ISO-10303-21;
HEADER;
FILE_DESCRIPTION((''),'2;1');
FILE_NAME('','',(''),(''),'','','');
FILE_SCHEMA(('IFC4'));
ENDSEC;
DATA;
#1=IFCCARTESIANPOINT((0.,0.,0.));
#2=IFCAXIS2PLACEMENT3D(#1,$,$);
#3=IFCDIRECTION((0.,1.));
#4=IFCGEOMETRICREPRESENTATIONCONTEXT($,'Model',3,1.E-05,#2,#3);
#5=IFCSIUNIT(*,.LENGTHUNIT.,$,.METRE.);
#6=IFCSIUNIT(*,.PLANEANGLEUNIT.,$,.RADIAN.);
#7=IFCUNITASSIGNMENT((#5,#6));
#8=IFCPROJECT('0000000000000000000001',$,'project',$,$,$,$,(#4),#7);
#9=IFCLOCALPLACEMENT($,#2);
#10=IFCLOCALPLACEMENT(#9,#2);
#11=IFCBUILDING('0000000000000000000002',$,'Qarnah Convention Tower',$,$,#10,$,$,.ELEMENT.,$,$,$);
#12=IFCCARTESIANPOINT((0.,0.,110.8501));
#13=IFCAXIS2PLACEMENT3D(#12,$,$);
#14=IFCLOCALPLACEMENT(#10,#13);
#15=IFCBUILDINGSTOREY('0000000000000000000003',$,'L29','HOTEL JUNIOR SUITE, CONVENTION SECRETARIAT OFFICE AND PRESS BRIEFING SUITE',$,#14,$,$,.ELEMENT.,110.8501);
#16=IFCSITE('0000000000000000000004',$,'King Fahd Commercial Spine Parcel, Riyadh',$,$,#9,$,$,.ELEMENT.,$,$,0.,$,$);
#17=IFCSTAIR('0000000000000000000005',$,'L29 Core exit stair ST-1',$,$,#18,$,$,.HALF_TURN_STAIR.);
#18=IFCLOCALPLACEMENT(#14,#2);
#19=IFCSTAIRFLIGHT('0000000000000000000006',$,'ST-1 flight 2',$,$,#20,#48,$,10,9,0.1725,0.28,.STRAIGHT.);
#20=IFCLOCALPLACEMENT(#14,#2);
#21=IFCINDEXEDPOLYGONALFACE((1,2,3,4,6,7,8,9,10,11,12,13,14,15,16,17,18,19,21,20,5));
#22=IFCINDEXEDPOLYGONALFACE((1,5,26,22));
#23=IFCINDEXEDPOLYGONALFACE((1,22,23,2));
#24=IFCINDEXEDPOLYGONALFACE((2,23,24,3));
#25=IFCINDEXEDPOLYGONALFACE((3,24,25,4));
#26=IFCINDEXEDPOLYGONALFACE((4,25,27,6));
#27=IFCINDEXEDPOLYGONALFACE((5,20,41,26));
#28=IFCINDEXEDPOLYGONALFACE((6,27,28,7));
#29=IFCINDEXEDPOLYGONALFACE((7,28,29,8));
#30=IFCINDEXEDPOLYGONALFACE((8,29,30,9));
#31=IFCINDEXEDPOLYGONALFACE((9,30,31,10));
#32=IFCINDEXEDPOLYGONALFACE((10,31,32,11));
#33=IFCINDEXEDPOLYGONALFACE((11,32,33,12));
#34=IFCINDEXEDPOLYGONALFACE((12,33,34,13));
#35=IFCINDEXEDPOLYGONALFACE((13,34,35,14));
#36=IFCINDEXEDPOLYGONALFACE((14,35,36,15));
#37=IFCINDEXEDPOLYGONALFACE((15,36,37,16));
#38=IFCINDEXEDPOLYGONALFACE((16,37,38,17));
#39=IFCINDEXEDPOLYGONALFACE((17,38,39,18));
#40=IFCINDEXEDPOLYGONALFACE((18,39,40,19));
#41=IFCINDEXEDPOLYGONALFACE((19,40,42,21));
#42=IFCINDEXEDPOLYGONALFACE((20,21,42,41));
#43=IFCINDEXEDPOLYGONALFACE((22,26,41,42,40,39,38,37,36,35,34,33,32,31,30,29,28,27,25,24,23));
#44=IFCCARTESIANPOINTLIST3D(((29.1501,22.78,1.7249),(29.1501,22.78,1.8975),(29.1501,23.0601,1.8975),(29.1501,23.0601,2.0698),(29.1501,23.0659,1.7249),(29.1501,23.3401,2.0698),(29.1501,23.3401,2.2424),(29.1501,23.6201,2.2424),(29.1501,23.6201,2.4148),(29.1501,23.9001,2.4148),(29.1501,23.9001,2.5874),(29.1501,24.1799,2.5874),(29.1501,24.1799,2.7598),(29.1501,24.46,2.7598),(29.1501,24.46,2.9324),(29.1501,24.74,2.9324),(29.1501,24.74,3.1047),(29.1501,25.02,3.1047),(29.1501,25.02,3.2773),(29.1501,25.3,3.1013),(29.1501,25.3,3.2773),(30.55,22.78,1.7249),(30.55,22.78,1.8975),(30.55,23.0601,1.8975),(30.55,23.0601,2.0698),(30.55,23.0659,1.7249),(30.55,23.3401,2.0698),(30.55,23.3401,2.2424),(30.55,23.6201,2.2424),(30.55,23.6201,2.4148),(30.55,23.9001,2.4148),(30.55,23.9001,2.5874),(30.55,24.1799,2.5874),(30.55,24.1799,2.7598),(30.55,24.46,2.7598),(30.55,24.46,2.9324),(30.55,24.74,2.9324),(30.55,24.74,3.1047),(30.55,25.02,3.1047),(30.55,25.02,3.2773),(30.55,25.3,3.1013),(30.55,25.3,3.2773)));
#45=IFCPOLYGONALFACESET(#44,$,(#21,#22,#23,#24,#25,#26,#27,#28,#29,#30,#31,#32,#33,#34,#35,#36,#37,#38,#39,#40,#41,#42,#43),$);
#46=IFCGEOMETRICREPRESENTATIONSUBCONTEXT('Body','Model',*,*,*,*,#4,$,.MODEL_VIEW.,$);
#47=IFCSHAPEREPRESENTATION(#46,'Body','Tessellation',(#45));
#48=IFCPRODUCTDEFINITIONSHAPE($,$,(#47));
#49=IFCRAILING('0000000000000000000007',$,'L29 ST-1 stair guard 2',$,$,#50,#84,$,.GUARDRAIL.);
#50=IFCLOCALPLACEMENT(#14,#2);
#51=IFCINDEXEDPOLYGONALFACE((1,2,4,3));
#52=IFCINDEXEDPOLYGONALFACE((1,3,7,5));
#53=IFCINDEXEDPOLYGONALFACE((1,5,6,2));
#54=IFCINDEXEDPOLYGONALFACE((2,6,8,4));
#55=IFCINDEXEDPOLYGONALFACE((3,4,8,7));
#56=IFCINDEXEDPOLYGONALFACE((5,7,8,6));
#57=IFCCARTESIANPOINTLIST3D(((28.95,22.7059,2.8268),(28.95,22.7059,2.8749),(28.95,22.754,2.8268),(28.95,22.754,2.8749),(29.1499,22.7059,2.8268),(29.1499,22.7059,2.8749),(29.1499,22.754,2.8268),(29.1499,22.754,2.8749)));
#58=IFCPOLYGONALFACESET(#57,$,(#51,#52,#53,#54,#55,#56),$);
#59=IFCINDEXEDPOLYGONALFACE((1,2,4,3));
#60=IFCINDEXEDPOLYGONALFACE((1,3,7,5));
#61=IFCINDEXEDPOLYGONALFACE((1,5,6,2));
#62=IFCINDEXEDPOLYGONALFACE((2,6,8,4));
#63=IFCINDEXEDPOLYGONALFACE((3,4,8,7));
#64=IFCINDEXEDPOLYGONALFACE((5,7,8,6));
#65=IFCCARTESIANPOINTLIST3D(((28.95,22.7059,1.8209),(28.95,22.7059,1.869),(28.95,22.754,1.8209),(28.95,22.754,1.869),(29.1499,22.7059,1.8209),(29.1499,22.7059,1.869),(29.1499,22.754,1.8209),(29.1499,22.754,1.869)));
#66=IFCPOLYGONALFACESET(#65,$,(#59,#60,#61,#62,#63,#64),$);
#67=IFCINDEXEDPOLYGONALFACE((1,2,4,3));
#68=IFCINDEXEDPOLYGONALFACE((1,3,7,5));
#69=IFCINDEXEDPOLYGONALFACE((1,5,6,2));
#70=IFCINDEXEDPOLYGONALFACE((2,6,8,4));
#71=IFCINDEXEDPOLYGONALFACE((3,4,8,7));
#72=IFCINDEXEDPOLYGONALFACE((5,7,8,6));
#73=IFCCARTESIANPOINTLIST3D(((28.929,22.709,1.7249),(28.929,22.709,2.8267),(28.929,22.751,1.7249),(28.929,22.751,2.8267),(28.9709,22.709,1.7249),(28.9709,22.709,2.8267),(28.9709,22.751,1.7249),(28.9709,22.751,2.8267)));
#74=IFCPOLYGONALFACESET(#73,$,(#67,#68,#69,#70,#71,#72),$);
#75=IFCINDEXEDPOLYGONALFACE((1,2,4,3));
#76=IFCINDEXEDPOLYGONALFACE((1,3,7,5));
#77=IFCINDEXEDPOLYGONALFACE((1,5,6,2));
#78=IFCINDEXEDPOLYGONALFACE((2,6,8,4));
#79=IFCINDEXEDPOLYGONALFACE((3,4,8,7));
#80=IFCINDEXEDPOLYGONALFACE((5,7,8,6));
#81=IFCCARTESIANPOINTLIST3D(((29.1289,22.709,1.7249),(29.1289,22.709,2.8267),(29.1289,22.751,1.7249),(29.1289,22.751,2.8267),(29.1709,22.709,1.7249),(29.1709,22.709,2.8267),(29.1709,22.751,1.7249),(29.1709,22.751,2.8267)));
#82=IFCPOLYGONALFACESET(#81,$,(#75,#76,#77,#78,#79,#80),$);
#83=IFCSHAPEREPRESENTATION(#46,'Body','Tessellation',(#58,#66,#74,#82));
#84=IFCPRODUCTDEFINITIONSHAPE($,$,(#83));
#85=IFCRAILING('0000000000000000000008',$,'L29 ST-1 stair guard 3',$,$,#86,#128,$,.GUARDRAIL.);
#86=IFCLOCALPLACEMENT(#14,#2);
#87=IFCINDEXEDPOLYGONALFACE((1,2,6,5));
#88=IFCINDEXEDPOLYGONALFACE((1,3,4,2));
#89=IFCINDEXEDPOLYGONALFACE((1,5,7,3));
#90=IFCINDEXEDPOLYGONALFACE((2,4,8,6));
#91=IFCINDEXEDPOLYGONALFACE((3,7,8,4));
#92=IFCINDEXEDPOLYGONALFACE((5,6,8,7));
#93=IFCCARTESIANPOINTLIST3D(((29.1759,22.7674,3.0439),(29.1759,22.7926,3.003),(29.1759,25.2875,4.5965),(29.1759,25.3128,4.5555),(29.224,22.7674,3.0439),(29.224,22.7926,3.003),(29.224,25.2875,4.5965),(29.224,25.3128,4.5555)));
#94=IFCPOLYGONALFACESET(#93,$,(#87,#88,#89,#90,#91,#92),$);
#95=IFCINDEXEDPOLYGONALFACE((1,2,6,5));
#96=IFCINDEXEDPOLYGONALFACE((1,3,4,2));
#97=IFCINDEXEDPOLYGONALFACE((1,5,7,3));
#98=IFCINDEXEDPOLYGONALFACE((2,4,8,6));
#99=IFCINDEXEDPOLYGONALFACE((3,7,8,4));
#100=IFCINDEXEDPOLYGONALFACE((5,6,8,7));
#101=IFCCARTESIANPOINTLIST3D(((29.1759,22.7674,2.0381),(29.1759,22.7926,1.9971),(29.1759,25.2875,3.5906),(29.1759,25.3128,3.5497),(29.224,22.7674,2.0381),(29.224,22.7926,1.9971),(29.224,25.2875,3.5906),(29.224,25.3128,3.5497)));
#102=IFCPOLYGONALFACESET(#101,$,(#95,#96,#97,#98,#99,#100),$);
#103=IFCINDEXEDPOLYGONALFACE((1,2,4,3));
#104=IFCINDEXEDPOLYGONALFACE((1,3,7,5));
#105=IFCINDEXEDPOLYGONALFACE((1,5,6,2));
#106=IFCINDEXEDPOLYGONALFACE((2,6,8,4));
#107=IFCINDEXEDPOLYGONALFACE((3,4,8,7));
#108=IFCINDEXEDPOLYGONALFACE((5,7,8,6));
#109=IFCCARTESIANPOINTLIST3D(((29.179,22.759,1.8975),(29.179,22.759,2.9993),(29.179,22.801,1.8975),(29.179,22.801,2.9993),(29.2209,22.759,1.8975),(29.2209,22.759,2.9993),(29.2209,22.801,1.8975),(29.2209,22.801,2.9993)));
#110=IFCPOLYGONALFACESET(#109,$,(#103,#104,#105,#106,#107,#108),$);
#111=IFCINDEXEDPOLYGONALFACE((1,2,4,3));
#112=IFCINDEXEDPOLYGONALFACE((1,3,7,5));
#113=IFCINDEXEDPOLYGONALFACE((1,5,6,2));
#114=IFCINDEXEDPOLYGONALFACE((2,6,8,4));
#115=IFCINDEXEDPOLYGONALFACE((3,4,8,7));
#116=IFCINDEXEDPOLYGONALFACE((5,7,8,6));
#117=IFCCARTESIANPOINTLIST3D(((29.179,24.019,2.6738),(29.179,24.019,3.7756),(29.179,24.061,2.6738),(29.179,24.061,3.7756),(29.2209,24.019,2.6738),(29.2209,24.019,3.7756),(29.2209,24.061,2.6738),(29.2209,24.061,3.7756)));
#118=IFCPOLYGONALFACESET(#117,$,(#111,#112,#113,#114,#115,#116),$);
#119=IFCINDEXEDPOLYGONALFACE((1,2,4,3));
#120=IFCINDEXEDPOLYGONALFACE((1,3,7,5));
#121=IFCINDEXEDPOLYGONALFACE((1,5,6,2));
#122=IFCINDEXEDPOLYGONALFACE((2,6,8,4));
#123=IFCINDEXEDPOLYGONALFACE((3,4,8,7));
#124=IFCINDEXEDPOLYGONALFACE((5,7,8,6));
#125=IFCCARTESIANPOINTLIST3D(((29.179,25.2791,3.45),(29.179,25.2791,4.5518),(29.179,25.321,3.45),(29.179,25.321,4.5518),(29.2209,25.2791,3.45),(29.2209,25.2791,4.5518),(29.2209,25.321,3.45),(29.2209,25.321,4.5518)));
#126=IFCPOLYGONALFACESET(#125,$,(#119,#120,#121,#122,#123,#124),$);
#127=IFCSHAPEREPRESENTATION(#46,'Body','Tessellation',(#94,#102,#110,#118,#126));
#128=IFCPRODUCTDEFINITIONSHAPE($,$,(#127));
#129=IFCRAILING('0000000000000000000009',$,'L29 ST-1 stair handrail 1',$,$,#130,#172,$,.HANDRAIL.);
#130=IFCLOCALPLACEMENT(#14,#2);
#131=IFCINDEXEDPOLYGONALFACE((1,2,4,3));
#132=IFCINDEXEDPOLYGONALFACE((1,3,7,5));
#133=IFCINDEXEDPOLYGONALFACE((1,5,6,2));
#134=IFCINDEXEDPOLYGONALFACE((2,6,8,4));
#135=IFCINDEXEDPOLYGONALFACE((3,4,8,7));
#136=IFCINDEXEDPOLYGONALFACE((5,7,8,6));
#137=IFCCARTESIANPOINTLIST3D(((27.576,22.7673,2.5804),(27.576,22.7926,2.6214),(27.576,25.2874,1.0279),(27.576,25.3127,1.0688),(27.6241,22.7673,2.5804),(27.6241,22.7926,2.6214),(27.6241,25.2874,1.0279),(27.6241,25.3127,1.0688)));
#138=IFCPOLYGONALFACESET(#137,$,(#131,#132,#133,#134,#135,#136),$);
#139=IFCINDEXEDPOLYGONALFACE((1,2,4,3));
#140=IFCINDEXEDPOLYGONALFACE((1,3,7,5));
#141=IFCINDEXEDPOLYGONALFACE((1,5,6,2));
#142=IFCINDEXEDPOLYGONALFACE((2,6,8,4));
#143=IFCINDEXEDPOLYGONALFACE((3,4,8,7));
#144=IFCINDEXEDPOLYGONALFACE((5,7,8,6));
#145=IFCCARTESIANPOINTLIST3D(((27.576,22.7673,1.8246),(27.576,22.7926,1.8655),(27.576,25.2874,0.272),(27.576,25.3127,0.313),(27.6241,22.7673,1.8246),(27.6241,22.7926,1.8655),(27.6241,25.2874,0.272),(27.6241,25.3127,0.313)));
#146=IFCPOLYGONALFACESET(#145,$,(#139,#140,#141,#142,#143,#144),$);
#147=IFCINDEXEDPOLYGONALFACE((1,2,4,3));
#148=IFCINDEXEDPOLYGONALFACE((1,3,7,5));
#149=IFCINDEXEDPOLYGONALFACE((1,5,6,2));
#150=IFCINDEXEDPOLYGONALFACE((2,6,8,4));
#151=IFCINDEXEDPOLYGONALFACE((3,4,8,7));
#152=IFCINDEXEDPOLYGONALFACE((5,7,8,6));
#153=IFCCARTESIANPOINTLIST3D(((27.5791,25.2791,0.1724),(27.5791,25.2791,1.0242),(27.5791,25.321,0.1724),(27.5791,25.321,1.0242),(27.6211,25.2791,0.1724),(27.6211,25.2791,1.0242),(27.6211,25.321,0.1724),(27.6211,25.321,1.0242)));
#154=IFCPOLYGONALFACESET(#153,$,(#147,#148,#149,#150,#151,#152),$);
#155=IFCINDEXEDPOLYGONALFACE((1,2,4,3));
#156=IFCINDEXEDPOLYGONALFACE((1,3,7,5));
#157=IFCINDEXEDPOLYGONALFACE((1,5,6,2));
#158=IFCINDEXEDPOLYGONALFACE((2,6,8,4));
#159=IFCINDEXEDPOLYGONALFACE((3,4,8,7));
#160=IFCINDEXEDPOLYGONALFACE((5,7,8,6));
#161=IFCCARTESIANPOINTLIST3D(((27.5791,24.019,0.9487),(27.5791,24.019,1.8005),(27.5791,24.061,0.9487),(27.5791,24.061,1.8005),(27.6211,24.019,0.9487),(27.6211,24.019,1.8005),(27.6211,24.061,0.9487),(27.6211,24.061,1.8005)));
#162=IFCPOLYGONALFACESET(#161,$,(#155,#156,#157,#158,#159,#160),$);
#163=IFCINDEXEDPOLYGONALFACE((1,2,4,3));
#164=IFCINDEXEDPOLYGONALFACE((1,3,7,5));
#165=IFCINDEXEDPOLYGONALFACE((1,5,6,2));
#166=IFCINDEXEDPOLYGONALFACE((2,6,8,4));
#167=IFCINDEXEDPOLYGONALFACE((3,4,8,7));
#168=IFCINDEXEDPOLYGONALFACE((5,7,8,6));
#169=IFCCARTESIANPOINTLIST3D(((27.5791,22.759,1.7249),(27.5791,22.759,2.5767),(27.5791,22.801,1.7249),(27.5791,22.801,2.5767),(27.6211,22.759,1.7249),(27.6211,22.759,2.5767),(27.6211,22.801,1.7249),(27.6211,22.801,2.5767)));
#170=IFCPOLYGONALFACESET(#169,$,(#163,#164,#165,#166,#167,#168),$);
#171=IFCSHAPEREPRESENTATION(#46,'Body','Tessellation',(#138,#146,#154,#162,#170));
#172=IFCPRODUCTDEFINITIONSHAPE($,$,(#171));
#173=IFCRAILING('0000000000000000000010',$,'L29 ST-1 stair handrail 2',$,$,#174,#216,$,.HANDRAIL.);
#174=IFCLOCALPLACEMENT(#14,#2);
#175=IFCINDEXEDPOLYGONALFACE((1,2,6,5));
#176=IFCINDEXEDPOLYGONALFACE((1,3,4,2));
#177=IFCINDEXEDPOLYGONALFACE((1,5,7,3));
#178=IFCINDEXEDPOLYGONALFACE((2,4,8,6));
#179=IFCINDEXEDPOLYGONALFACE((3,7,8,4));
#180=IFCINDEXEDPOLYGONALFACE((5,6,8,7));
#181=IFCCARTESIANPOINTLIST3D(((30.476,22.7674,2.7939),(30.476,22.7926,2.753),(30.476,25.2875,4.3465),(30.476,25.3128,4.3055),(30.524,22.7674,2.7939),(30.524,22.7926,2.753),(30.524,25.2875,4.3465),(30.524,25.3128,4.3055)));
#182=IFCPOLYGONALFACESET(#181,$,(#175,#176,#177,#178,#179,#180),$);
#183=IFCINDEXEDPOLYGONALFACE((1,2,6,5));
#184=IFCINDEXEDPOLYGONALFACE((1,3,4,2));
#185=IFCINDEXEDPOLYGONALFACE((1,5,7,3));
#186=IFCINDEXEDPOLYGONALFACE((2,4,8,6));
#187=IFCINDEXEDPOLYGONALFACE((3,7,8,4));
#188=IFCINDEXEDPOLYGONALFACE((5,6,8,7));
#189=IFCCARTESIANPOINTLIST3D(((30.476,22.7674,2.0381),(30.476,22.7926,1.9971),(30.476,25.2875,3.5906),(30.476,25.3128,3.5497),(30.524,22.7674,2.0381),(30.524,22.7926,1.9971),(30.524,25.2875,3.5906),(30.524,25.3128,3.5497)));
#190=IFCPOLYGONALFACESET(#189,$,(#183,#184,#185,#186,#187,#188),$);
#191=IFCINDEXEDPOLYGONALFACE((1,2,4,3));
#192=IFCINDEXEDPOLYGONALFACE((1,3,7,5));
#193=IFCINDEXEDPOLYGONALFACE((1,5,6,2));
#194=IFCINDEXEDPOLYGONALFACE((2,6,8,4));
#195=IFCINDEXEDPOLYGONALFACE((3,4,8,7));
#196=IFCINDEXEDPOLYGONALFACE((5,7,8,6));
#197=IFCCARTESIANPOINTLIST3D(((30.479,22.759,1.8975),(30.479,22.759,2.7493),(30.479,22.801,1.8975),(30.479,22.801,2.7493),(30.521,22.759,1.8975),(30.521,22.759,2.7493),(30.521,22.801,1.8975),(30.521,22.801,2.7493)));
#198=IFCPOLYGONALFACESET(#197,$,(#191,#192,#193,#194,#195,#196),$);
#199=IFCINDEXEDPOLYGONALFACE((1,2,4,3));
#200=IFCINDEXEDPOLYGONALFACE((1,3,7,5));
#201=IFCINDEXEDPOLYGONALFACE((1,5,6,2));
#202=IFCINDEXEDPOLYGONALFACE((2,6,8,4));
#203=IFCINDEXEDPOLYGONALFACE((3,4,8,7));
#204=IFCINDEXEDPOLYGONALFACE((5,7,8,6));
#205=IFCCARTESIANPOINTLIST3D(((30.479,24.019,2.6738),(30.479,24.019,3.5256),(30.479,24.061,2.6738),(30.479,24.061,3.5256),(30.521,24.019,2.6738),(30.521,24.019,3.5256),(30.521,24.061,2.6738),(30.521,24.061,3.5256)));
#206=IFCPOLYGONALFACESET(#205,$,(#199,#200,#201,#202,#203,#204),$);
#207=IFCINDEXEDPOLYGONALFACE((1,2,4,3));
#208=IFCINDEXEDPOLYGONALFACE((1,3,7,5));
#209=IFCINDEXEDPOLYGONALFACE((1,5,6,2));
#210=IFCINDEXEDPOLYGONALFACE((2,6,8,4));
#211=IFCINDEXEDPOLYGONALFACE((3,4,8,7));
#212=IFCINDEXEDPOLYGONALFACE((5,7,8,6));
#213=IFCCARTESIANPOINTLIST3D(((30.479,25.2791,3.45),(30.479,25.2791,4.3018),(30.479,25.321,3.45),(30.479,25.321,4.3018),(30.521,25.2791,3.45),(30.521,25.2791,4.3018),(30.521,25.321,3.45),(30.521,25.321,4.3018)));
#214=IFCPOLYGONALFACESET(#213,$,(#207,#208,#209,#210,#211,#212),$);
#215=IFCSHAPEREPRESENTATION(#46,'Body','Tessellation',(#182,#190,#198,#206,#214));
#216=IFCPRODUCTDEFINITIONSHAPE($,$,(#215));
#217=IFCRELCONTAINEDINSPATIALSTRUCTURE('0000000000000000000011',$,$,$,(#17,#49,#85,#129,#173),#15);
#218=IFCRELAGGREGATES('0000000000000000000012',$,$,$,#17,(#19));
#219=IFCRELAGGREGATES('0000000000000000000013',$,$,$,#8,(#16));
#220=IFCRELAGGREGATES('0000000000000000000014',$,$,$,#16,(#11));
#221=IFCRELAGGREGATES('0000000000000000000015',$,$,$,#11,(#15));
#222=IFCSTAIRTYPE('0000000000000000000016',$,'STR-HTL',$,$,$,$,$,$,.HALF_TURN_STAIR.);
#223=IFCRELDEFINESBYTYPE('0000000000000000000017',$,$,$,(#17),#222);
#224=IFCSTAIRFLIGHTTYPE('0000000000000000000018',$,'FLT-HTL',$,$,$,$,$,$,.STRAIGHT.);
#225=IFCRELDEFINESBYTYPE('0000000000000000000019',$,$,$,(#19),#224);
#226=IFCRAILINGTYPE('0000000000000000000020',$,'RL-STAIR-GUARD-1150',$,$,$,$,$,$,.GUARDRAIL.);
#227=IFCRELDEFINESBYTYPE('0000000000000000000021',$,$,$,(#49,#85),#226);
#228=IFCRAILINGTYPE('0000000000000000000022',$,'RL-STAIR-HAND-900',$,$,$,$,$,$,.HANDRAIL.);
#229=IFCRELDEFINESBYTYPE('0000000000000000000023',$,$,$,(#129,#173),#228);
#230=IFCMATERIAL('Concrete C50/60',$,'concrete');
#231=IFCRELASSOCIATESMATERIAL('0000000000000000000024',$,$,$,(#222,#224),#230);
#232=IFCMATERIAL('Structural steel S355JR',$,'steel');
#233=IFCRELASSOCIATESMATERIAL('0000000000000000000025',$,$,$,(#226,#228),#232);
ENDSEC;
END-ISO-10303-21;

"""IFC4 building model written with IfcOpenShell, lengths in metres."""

from ifc_helpers import new_model, si_unit, direction, frame, origin, origin_2d, place, context, subcontext, project, spatial, polyline, rectangle, outline, extrude, material, type_object, element, aggregate, save


model = new_model("IFC4")

# Units and contexts
model_context = context("Model", 3, precision=1e-05, world=origin(), true_north=direction((0.0, 1.0)))
body_context = subcontext(model_context, "Body", "Model", "MODEL_VIEW")
ifc_project = project(units=[si_unit("LENGTHUNIT", "METRE"), si_unit("PLANEANGLEUNIT", "RADIAN")], contexts=[model_context])

# Site, building, storey
site_placement = place(None, origin())
site = spatial("IfcSite", under=ifc_project, at=site_placement, Name="King Fahd Commercial Spine Parcel, Riyadh", CompositionType="ELEMENT", RefElevation=0.0)
building_placement = place(site_placement, origin())
building = spatial("IfcBuilding", under=site, at=building_placement, Name="Qarnah Convention Tower", CompositionType="ELEMENT")
storey_placement = place(building_placement, frame((0.0, 0.0, 110.8501)))
storey = spatial("IfcBuildingStorey", under=building, at=storey_placement, Name="L29", Description="HOTEL JUNIOR SUITE, CONVENTION SECRETARIAT OFFICE AND PRESS BRIEFING SUITE", CompositionType="ELEMENT", Elevation=110.8501)

# Shared definitions
ifc_material_1 = material(Name="Structural steel S355JR", Category="steel")

# Stair, stair flight
ifc_material_2 = material(Name="Concrete C50/60", Category="concrete")
stair_type = type_object("IfcStairType", Name="STR-HTL", PredefinedType="HALF_TURN_STAIR", material=ifc_material_2)
stair_placement = place(storey_placement, origin())
stair = element("IfcStair", 1, at=stair_placement, inside=storey, type_object=stair_type, Name="L29 Core exit stair ST-1", PredefinedType="HALF_TURN_STAIR")
stair_flight_type = type_object("IfcStairFlightType", Name="FLT-HTL", PredefinedType="STRAIGHT", material=ifc_material_2)
stair_flight_1_placement = place(storey_placement, frame((29.8501, 22.78, 1.7249), z_axis=(0.0, 0.0, 1.0), x_axis=(0.0, 1.0, 0.0)))
stair_flight_1 = element("IfcStairFlight", 2, at=stair_flight_1_placement, type_object=stair_flight_type, Name="ST-1 flight 2", NumberOfRisers=10, NumberOfTreads=9, PredefinedType="STRAIGHT", RiserHeight=0.1725, TreadLength=0.28, context=body_context, shape_type="SweptSolid", body=[
    extrude(outline(polyline([(0.0, 0.0), (0.0, 0.1726), (0.28, 0.1726), (0.28, 0.345), (0.5601, 0.345), (0.5601, 0.5176), (0.8401, 0.5176), (0.8401, 0.6899), (1.1201, 0.6899), (1.1201, 0.8625), (1.3999, 0.8625), (1.3999, 1.0349), (1.6799, 1.0349), (1.6799, 1.2075), (1.96, 1.2075), (1.96, 1.3799), (2.24, 1.3799), (2.24, 1.5525), (2.52, 1.5525), (2.52, 1.7251), (2.52, 1.3765), (0.2859, 0.0), (0.0, 0.0)])), frame((0.0, 0.7, 0.0), z_axis=(0.0, -1.0, 0.0), x_axis=(1.0, 0.0, 0.0)), (0.0, 0.0, 1.0), 1.3999),
])
aggregate(stair, [stair_flight_1])

# Railings
railing_type_1 = type_object("IfcRailingType", Name="RL-STAIR-GUARD-1150", PredefinedType="GUARDRAIL", material=ifc_material_1)
railing_1_placement = place(storey_placement, frame((28.95, 22.73, 1.7249)))
element("IfcRailing", 3, at=railing_1_placement, inside=storey, type_object=railing_type_1, Name="L29 ST-1 stair guard 2", PredefinedType="GUARDRAIL", context=body_context, shape_type="SweptSolid", body=[
    extrude(rectangle(XDim=0.0481, YDim=0.0481, at=origin_2d()), frame((0.0, 0.0, 1.126), z_axis=(1.0, 0.0, 0.0), x_axis=(0.0, 1.0, 0.0)), (0.0, 0.0, 1.0), 0.2),
    extrude(rectangle(XDim=0.0481, YDim=0.0481, at=origin_2d()), frame((0.0, 0.0, 0.1201), z_axis=(1.0, 0.0, 0.0), x_axis=(0.0, 1.0, 0.0)), (0.0, 0.0, 1.0), 0.2),
    extrude(rectangle(XDim=0.042, YDim=0.042, at=origin_2d()), origin(), (0.0, 0.0, 1.0), 1.1018),
    extrude(rectangle(XDim=0.042, YDim=0.042, at=origin_2d()), frame((0.2, 0.0, 0.0)), (0.0, 0.0, 1.0), 1.1018),
])
railing_2_placement = place(storey_placement, frame((29.2, 22.78, 1.8975)))
element("IfcRailing", 4, at=railing_2_placement, inside=storey, type_object=railing_type_1, Name="L29 ST-1 stair guard 3", PredefinedType="GUARDRAIL", context=body_context, shape_type="SweptSolid", body=[
    extrude(rectangle(XDim=0.0481, YDim=0.0481, at=origin_2d()), frame((0.0, 0.0, 1.126), z_axis=(0.0, 0.8514, 0.524516), x_axis=(-1.0, 0.0, 0.0)), (0.0, 0.0, 1.0), 2.96),
    extrude(rectangle(XDim=0.0481, YDim=0.0481, at=origin_2d()), frame((0.0, 0.0, 0.1201), z_axis=(0.0, 0.8514, 0.524516), x_axis=(-1.0, 0.0, 0.0)), (0.0, 0.0, 1.0), 2.96),
    extrude(rectangle(XDim=0.042, YDim=0.042, at=origin_2d()), origin(), (0.0, 0.0, 1.0), 1.1018),
    extrude(rectangle(XDim=0.042, YDim=0.042, at=origin_2d()), frame((0.0, 1.26, 0.7764)), (0.0, 0.0, 1.0), 1.1018),
    extrude(rectangle(XDim=0.042, YDim=0.042, at=origin_2d()), frame((0.0, 2.52, 1.5525)), (0.0, 0.0, 1.0), 1.1018),
])
railing_type_2 = type_object("IfcRailingType", Name="RL-STAIR-HAND-900", PredefinedType="HANDRAIL", material=ifc_material_1)
railing_3_placement = place(storey_placement, frame((27.6001, 25.3, 0.1724)))
element("IfcRailing", 5, at=railing_3_placement, inside=storey, type_object=railing_type_2, Name="L29 ST-1 stair handrail 1", PredefinedType="HANDRAIL", context=body_context, shape_type="SweptSolid", body=[
    extrude(rectangle(XDim=0.0481, YDim=0.0481, at=origin_2d()), frame((0.0, 0.0, 0.876), z_axis=(0.0, -0.8514, 0.524516), x_axis=(1.0, 0.0, 0.0)), (0.0, 0.0, 1.0), 2.96),
    extrude(rectangle(XDim=0.0481, YDim=0.0481, at=origin_2d()), frame((0.0, 0.0, 0.1201), z_axis=(0.0, -0.8514, 0.524516), x_axis=(1.0, 0.0, 0.0)), (0.0, 0.0, 1.0), 2.96),
    extrude(rectangle(XDim=0.042, YDim=0.042, at=origin_2d()), origin(), (0.0, 0.0, 1.0), 0.8518),
    extrude(rectangle(XDim=0.042, YDim=0.042, at=origin_2d()), frame((0.0, -1.26, 0.7764)), (0.0, 0.0, 1.0), 0.8518),
    extrude(rectangle(XDim=0.042, YDim=0.042, at=origin_2d()), frame((0.0, -2.52, 1.5525)), (0.0, 0.0, 1.0), 0.8518),
])
railing_4_placement = place(storey_placement, frame((30.5, 22.78, 1.8975)))
element("IfcRailing", 6, at=railing_4_placement, inside=storey, type_object=railing_type_2, Name="L29 ST-1 stair handrail 2", PredefinedType="HANDRAIL", context=body_context, shape_type="SweptSolid", body=[
    extrude(rectangle(XDim=0.0481, YDim=0.0481, at=origin_2d()), frame((0.0, 0.0, 0.876), z_axis=(0.0, 0.8514, 0.524516), x_axis=(-1.0, 0.0, 0.0)), (0.0, 0.0, 1.0), 2.96),
    extrude(rectangle(XDim=0.0481, YDim=0.0481, at=origin_2d()), frame((0.0, 0.0, 0.1201), z_axis=(0.0, 0.8514, 0.524516), x_axis=(-1.0, 0.0, 0.0)), (0.0, 0.0, 1.0), 2.96),
    extrude(rectangle(XDim=0.042, YDim=0.042, at=origin_2d()), origin(), (0.0, 0.0, 1.0), 0.8518),
    extrude(rectangle(XDim=0.042, YDim=0.042, at=origin_2d()), frame((0.0, 1.26, 0.7764)), (0.0, 0.0, 1.0), 0.8518),
    extrude(rectangle(XDim=0.042, YDim=0.042, at=origin_2d()), frame((0.0, 2.52, 1.5525)), (0.0, 0.0, 1.0), 0.8518),
])

save(model, "model.ifc")
